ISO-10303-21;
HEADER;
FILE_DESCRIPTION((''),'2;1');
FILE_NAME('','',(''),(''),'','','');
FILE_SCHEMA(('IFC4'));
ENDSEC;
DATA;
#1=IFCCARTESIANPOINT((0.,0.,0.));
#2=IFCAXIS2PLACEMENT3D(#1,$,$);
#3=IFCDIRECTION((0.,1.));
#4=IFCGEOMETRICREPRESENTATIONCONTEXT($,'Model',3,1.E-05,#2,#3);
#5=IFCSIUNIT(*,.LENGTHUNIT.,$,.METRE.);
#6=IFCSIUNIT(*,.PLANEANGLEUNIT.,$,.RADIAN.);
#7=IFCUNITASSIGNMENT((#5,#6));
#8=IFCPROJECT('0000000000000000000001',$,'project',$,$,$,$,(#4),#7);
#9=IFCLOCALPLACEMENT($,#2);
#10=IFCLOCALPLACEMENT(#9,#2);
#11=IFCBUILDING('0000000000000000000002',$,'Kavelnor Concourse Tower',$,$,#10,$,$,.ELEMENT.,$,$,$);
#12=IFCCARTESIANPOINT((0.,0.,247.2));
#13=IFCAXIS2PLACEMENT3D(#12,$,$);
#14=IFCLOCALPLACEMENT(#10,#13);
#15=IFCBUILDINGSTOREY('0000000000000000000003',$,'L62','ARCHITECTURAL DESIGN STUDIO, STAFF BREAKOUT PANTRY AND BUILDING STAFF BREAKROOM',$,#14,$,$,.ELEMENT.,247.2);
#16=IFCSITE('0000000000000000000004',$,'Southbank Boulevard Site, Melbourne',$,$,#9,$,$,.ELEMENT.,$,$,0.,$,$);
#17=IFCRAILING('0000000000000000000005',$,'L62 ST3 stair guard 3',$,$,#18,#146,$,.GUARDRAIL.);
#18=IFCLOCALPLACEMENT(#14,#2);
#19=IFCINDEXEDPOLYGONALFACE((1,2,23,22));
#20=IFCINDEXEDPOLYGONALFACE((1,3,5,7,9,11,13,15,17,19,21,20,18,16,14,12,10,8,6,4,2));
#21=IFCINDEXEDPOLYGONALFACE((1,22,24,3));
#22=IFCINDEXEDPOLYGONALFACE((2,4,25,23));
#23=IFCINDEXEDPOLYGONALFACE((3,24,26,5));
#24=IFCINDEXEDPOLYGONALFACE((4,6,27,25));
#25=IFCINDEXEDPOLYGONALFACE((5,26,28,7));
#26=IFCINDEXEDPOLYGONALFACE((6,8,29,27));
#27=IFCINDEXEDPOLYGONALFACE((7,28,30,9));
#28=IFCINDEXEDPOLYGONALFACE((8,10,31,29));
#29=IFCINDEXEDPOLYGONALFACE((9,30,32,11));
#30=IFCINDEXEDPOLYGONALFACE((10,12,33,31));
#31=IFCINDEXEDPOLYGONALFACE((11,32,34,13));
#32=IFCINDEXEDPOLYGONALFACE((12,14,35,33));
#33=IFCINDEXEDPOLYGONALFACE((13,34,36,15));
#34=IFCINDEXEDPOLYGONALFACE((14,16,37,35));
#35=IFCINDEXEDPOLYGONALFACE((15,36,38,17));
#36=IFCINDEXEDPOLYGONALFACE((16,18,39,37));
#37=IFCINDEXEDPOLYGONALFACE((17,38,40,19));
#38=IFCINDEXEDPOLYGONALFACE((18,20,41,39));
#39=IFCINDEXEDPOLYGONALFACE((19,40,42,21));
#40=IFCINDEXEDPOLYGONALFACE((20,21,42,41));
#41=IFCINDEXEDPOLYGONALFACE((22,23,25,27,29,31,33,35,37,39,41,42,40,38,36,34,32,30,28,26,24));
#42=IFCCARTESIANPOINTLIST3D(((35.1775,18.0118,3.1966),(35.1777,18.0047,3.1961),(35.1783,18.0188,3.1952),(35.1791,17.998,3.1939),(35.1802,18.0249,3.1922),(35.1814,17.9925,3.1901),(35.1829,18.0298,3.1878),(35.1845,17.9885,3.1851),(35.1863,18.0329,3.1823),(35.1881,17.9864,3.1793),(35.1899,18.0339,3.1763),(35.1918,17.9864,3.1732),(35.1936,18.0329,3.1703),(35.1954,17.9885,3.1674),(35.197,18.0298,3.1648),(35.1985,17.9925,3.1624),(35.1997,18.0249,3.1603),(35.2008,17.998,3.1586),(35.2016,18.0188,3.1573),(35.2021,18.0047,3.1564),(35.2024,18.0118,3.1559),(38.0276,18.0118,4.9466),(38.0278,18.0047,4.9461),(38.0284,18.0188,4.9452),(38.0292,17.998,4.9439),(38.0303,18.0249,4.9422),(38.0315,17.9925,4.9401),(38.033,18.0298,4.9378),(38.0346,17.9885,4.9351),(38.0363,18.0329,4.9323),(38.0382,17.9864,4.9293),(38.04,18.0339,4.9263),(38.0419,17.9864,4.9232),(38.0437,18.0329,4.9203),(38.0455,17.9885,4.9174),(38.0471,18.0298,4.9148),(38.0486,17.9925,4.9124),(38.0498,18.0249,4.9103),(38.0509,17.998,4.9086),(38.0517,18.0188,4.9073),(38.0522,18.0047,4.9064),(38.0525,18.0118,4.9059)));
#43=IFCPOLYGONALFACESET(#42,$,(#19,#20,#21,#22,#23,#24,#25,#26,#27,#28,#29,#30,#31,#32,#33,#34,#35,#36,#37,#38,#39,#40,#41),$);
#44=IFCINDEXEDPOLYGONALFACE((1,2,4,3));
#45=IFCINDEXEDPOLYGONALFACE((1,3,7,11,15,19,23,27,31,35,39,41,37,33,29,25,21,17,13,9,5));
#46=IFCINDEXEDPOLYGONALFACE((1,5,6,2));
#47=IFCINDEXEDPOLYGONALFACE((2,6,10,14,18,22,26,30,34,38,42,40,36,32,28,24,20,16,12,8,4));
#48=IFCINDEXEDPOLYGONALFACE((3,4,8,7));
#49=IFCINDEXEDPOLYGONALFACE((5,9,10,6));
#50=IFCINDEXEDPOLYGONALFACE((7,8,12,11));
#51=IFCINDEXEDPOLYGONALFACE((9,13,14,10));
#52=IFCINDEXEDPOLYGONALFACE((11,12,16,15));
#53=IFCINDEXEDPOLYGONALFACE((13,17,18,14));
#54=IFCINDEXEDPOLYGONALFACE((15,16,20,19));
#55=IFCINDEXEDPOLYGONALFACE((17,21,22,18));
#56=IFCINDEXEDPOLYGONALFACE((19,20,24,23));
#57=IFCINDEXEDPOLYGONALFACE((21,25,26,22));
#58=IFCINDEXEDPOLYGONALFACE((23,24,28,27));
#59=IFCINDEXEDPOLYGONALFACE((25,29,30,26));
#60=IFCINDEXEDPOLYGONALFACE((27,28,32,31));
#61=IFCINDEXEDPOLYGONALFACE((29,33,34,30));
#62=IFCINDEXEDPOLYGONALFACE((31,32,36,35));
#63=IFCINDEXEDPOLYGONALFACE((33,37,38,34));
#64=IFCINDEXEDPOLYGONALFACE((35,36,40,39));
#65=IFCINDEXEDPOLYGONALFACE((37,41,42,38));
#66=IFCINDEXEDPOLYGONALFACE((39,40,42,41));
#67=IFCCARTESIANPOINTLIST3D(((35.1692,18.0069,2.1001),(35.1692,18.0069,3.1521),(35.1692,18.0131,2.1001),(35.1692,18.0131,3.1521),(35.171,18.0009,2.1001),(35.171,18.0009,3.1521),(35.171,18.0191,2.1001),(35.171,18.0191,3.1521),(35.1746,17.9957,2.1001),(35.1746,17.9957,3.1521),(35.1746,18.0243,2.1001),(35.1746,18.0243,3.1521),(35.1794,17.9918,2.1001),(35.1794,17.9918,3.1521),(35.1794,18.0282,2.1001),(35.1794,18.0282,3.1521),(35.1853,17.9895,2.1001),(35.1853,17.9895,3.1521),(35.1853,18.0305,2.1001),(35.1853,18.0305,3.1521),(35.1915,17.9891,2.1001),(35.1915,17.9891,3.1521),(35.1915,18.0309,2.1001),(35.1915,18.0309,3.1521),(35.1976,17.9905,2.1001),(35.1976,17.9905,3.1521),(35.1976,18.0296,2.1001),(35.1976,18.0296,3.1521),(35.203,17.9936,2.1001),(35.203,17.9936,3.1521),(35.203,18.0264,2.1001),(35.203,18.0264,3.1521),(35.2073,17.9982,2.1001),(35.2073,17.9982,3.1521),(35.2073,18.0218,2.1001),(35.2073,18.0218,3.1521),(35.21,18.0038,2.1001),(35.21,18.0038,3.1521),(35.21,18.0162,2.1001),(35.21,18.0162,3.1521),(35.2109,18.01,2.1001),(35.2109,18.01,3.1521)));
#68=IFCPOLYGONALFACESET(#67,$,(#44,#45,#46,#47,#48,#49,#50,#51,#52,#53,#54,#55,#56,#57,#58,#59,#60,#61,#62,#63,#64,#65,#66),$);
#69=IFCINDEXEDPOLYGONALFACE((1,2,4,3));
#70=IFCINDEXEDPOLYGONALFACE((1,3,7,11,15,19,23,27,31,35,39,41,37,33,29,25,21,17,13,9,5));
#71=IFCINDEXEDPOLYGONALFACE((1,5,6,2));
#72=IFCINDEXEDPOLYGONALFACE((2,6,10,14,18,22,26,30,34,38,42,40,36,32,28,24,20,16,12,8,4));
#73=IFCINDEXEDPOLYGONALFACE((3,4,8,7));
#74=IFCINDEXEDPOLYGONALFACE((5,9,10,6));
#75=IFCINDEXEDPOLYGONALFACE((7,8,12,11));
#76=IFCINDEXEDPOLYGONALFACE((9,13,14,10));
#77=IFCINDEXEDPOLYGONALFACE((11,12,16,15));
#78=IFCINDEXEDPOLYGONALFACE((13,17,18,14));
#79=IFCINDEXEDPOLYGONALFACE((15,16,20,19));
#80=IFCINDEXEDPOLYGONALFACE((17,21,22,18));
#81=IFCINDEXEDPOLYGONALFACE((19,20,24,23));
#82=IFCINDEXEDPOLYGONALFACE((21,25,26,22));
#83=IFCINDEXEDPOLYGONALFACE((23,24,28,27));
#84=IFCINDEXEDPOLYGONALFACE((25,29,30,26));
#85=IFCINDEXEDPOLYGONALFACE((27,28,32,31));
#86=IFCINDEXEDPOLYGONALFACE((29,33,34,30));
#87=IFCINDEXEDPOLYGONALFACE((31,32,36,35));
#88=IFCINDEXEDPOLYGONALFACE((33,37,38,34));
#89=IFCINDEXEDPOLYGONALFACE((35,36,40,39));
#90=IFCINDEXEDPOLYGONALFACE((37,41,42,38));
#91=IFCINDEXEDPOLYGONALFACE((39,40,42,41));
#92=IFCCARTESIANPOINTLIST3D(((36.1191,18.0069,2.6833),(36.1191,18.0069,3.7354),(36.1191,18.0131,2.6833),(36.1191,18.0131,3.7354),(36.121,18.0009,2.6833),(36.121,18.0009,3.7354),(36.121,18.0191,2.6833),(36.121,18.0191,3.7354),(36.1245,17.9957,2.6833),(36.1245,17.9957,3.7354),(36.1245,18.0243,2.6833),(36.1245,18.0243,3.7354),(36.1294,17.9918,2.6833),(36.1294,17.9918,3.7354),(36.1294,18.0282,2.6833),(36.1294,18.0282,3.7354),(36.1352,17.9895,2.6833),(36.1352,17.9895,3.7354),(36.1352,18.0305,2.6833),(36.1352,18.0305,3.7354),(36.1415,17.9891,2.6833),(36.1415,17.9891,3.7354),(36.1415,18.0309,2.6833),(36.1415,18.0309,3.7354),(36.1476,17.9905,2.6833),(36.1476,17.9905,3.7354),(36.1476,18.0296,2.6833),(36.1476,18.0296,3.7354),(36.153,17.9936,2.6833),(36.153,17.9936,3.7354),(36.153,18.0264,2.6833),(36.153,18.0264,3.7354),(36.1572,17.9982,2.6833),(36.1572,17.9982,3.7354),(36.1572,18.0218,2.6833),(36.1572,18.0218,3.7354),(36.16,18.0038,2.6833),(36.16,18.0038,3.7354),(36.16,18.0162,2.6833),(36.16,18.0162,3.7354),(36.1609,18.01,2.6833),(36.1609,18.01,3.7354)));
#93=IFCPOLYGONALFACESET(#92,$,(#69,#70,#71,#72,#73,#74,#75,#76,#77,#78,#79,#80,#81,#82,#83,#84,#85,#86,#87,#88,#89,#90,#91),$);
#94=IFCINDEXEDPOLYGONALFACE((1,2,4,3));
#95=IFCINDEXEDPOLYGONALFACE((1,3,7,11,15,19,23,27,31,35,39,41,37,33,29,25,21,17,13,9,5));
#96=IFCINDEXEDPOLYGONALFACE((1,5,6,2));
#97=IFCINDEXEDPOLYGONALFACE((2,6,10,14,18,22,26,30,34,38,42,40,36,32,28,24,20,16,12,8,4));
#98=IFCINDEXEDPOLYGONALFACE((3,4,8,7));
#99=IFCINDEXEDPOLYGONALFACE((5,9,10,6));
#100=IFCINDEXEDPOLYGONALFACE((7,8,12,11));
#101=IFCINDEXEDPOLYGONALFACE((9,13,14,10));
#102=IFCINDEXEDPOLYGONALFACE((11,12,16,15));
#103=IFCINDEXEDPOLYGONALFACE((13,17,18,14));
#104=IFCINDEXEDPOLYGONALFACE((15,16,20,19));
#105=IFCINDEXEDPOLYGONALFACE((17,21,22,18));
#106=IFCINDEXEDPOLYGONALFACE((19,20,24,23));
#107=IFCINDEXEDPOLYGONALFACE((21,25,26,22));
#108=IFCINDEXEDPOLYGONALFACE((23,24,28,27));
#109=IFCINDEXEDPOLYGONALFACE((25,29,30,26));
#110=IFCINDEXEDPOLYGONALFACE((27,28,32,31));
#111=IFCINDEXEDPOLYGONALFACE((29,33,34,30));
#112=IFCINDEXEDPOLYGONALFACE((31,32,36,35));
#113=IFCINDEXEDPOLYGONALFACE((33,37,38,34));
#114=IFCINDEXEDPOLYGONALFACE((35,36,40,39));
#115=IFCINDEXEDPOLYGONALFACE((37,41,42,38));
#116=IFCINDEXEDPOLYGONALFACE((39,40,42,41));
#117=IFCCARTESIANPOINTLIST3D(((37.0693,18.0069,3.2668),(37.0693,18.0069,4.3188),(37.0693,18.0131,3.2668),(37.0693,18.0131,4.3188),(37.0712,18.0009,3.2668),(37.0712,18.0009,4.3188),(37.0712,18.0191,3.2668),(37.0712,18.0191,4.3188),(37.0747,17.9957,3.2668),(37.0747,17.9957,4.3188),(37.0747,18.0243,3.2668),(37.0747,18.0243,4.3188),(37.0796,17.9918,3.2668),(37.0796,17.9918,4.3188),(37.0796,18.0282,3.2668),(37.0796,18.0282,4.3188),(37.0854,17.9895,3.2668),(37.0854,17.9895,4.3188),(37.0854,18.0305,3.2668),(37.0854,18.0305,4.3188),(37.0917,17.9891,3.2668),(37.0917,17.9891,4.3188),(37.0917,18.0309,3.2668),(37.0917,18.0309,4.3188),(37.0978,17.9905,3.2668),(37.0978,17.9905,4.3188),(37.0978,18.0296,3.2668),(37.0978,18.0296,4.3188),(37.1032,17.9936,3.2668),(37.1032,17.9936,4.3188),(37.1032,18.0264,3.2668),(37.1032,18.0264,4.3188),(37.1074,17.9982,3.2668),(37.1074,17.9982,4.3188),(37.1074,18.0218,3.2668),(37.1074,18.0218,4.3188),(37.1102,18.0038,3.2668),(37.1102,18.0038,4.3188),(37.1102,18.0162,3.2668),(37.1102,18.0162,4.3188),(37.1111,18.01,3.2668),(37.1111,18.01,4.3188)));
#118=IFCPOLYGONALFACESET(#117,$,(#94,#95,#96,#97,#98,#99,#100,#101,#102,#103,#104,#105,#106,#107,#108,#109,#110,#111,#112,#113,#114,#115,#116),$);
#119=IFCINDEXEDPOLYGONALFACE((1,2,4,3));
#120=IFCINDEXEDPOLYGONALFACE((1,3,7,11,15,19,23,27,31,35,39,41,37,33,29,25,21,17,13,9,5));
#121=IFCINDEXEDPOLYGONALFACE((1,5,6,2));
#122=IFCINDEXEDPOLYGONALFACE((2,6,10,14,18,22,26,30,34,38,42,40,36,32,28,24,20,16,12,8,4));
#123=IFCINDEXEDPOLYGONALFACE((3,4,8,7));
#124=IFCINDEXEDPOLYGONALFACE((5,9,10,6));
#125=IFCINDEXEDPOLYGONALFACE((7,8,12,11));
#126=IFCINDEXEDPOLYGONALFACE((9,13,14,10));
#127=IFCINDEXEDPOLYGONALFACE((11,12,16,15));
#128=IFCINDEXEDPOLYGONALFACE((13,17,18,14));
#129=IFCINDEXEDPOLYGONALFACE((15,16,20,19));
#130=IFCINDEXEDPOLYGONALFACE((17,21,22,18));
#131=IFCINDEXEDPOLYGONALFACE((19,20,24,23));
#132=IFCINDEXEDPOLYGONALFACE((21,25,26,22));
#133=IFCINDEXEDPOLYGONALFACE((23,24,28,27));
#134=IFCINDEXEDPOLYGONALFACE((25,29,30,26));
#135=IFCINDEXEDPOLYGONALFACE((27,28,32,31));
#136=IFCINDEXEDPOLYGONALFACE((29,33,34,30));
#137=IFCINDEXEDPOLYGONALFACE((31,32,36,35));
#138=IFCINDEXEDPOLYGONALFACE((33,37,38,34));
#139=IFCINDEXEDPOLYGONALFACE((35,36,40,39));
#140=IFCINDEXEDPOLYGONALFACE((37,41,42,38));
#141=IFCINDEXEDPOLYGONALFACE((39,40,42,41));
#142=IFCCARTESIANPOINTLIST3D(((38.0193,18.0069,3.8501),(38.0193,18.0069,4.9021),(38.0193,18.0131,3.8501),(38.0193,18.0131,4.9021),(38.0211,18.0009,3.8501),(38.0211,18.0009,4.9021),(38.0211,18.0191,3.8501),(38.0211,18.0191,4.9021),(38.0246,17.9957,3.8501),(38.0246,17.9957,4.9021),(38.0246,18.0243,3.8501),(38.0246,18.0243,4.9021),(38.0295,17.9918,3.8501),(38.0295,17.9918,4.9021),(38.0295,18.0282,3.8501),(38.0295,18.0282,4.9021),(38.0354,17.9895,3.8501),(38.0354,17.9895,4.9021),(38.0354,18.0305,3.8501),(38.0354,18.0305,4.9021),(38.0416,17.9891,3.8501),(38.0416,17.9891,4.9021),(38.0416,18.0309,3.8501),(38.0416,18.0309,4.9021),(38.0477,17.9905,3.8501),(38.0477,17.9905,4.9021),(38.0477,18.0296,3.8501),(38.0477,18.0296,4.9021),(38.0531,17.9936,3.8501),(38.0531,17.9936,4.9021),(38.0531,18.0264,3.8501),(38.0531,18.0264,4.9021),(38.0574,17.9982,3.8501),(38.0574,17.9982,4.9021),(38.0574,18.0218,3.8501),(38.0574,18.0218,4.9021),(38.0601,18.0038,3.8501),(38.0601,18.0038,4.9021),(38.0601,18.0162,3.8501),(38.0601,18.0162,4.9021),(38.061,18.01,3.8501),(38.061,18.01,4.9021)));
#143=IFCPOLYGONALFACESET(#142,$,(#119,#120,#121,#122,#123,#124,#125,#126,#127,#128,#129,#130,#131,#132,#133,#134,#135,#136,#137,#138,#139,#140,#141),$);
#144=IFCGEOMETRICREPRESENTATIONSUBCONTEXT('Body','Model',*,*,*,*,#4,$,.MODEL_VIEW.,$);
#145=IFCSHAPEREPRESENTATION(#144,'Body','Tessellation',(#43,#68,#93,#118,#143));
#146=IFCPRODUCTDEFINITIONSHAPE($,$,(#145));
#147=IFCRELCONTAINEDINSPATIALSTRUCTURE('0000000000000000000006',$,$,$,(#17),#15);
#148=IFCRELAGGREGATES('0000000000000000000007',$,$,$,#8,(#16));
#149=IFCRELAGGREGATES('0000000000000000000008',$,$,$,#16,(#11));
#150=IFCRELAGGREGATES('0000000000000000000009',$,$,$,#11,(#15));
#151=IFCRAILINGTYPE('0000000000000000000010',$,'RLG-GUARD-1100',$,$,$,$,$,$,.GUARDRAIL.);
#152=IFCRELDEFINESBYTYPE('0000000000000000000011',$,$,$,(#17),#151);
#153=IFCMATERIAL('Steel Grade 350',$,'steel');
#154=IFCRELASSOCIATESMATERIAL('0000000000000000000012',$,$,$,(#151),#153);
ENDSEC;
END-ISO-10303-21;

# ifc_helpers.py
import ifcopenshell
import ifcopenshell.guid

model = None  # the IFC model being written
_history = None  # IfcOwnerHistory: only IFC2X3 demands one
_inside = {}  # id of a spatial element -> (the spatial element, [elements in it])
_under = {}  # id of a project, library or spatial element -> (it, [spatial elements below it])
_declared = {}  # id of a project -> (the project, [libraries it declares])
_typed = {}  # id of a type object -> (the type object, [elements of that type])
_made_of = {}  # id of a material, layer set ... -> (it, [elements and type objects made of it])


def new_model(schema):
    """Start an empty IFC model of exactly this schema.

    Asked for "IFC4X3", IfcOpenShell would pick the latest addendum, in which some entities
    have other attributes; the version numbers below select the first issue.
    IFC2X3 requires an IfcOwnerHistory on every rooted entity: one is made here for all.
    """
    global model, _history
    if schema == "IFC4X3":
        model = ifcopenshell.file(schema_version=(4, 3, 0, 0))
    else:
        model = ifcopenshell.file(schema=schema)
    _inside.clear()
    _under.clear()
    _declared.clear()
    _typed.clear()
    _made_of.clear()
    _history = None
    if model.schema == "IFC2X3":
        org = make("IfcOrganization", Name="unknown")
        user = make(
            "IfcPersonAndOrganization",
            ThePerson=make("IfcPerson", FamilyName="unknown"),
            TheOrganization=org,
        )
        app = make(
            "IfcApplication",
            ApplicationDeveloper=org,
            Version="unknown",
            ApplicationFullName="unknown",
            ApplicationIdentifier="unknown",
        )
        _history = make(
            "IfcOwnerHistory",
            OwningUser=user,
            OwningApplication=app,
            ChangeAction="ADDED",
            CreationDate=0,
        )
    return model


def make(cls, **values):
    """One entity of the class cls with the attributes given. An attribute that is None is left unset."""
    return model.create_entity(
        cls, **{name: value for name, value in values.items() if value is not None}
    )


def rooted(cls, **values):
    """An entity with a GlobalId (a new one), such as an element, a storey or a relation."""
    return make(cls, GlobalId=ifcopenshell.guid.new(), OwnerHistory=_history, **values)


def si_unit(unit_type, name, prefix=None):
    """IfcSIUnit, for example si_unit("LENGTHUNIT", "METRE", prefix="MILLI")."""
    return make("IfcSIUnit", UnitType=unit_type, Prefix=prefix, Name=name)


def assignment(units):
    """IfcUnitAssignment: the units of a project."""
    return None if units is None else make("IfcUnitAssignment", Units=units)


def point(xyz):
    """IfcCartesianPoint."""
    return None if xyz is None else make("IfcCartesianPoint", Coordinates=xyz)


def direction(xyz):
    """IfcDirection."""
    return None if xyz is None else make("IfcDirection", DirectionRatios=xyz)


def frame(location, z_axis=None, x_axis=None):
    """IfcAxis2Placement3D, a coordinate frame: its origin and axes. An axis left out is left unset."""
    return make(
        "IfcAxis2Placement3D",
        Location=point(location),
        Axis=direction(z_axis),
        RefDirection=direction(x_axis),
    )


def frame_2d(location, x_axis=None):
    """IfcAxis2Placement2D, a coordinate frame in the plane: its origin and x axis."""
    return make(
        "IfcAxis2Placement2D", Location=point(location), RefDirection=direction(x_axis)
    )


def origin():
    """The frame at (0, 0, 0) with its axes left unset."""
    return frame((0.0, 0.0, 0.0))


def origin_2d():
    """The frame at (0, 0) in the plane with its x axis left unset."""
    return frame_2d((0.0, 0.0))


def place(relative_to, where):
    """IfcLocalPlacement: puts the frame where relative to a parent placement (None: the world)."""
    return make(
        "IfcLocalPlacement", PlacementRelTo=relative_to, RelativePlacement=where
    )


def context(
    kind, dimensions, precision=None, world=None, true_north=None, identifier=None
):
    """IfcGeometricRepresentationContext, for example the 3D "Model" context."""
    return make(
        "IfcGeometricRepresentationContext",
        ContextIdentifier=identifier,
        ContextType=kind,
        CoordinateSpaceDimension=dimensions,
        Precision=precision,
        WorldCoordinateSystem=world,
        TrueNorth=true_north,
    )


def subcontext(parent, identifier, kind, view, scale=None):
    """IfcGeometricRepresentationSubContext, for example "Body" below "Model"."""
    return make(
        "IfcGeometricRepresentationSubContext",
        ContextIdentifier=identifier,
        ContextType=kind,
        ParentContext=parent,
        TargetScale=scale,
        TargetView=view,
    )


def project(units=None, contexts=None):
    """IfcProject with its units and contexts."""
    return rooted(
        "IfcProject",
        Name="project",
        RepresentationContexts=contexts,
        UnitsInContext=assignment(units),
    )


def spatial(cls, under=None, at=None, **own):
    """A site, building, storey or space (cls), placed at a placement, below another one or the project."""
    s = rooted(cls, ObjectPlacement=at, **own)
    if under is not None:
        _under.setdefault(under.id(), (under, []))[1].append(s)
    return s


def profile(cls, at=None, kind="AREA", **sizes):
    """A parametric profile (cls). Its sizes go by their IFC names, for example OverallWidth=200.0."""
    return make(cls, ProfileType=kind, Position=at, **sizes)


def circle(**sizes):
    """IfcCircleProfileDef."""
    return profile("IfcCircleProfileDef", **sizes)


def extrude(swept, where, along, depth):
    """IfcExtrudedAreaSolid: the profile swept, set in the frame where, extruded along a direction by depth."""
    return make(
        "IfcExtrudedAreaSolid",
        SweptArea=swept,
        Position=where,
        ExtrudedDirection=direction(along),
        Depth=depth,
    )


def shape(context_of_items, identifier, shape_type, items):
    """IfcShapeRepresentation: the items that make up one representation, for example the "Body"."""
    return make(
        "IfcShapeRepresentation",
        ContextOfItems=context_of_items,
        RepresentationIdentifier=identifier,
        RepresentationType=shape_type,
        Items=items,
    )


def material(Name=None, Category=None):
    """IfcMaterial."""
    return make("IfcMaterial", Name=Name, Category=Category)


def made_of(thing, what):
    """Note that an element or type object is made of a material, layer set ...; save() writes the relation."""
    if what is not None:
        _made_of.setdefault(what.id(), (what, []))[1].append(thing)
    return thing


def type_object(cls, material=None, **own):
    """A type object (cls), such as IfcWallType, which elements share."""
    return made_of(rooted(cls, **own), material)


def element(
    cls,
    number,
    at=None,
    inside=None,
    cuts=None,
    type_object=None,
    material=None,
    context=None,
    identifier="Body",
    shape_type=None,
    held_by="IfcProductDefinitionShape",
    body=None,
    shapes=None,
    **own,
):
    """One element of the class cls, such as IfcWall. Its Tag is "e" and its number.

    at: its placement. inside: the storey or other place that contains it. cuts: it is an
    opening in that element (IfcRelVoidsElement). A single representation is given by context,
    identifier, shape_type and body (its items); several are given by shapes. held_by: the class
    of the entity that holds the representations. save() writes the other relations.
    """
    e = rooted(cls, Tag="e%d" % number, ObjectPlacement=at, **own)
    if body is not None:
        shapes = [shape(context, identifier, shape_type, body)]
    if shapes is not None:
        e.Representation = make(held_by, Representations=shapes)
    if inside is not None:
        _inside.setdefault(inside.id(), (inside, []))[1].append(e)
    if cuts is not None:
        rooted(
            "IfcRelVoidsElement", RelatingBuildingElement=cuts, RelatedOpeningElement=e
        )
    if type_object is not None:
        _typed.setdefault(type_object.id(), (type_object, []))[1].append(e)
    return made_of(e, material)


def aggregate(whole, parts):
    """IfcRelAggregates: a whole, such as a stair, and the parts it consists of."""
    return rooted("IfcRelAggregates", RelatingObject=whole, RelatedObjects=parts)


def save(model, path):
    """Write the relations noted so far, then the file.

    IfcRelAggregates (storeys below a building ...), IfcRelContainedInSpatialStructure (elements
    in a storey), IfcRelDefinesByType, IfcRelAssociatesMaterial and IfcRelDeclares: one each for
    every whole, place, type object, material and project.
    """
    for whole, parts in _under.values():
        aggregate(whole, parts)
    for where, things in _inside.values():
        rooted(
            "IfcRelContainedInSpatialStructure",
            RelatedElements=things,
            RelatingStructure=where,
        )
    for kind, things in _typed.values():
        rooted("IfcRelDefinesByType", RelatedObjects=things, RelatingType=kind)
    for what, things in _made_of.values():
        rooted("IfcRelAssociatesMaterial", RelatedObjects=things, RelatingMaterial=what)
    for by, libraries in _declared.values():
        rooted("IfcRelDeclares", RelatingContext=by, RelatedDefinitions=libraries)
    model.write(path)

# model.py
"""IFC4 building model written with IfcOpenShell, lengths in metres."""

from ifc_helpers import new_model, si_unit, direction, frame, origin, origin_2d, place, context, subcontext, project, spatial, circle, extrude, material, type_object, element, save


model = new_model("IFC4")

# Units and contexts
model_context = context("Model", 3, precision=1e-05, world=origin(), true_north=direction((0.0, 1.0)))
body_context = subcontext(model_context, "Body", "Model", "MODEL_VIEW")
ifc_project = project(units=[si_unit("LENGTHUNIT", "METRE"), si_unit("PLANEANGLEUNIT", "RADIAN")], contexts=[model_context])

# Site, building, storey
site_placement = place(None, origin())
site = spatial("IfcSite", under=ifc_project, at=site_placement, Name="Southbank Boulevard Site, Melbourne", CompositionType="ELEMENT", RefElevation=0.0)
building_placement = place(site_placement, origin())
building = spatial("IfcBuilding", under=site, at=building_placement, Name="Kavelnor Concourse Tower", CompositionType="ELEMENT")
storey_placement = place(building_placement, frame((0.0, 0.0, 247.2)))
storey = spatial("IfcBuildingStorey", under=building, at=storey_placement, Name="L62", Description="ARCHITECTURAL DESIGN STUDIO, STAFF BREAKOUT PANTRY AND BUILDING STAFF BREAKROOM", CompositionType="ELEMENT", Elevation=247.2)

# Shared definitions
ifc_material_1 = material(Name="Steel Grade 350", Category="steel")

# Railing
railing_type_1 = type_object("IfcRailingType", Name="RLG-GUARD-1100", PredefinedType="GUARDRAIL", material=ifc_material_1)
railing_1_placement = place(storey_placement, frame((35.1899, 18.01, 2.1001)))
element("IfcRailing", 1, at=railing_1_placement, inside=storey, type_object=railing_type_1, Name="L62 ST3 stair guard 3", PredefinedType="GUARDRAIL", context=body_context, shape_type="SweptSolid", body=[
    extrude(circle(Radius=0.0239, at=origin_2d()), frame((0.0, 0.0, 1.0762), z_axis=(0.852179, 0.0, 0.52325), x_axis=(0.0, 1.0, 0.0)), (0.0, 0.0, 1.0), 3.3445),
    extrude(circle(Radius=0.021, at=origin_2d()), origin(), (0.0, 0.0, 1.0), 1.052),
    extrude(circle(Radius=0.021, at=origin_2d()), frame((0.95, 0.0, 0.5833)), (0.0, 0.0, 1.0), 1.052),
    extrude(circle(Radius=0.021, at=origin_2d()), frame((1.9001, 0.0, 1.1667)), (0.0, 0.0, 1.0), 1.052),
    extrude(circle(Radius=0.021, at=origin_2d()), frame((2.8501, 0.0, 1.75)), (0.0, 0.0, 1.0), 1.052),
])

save(model, "model.ifc")
